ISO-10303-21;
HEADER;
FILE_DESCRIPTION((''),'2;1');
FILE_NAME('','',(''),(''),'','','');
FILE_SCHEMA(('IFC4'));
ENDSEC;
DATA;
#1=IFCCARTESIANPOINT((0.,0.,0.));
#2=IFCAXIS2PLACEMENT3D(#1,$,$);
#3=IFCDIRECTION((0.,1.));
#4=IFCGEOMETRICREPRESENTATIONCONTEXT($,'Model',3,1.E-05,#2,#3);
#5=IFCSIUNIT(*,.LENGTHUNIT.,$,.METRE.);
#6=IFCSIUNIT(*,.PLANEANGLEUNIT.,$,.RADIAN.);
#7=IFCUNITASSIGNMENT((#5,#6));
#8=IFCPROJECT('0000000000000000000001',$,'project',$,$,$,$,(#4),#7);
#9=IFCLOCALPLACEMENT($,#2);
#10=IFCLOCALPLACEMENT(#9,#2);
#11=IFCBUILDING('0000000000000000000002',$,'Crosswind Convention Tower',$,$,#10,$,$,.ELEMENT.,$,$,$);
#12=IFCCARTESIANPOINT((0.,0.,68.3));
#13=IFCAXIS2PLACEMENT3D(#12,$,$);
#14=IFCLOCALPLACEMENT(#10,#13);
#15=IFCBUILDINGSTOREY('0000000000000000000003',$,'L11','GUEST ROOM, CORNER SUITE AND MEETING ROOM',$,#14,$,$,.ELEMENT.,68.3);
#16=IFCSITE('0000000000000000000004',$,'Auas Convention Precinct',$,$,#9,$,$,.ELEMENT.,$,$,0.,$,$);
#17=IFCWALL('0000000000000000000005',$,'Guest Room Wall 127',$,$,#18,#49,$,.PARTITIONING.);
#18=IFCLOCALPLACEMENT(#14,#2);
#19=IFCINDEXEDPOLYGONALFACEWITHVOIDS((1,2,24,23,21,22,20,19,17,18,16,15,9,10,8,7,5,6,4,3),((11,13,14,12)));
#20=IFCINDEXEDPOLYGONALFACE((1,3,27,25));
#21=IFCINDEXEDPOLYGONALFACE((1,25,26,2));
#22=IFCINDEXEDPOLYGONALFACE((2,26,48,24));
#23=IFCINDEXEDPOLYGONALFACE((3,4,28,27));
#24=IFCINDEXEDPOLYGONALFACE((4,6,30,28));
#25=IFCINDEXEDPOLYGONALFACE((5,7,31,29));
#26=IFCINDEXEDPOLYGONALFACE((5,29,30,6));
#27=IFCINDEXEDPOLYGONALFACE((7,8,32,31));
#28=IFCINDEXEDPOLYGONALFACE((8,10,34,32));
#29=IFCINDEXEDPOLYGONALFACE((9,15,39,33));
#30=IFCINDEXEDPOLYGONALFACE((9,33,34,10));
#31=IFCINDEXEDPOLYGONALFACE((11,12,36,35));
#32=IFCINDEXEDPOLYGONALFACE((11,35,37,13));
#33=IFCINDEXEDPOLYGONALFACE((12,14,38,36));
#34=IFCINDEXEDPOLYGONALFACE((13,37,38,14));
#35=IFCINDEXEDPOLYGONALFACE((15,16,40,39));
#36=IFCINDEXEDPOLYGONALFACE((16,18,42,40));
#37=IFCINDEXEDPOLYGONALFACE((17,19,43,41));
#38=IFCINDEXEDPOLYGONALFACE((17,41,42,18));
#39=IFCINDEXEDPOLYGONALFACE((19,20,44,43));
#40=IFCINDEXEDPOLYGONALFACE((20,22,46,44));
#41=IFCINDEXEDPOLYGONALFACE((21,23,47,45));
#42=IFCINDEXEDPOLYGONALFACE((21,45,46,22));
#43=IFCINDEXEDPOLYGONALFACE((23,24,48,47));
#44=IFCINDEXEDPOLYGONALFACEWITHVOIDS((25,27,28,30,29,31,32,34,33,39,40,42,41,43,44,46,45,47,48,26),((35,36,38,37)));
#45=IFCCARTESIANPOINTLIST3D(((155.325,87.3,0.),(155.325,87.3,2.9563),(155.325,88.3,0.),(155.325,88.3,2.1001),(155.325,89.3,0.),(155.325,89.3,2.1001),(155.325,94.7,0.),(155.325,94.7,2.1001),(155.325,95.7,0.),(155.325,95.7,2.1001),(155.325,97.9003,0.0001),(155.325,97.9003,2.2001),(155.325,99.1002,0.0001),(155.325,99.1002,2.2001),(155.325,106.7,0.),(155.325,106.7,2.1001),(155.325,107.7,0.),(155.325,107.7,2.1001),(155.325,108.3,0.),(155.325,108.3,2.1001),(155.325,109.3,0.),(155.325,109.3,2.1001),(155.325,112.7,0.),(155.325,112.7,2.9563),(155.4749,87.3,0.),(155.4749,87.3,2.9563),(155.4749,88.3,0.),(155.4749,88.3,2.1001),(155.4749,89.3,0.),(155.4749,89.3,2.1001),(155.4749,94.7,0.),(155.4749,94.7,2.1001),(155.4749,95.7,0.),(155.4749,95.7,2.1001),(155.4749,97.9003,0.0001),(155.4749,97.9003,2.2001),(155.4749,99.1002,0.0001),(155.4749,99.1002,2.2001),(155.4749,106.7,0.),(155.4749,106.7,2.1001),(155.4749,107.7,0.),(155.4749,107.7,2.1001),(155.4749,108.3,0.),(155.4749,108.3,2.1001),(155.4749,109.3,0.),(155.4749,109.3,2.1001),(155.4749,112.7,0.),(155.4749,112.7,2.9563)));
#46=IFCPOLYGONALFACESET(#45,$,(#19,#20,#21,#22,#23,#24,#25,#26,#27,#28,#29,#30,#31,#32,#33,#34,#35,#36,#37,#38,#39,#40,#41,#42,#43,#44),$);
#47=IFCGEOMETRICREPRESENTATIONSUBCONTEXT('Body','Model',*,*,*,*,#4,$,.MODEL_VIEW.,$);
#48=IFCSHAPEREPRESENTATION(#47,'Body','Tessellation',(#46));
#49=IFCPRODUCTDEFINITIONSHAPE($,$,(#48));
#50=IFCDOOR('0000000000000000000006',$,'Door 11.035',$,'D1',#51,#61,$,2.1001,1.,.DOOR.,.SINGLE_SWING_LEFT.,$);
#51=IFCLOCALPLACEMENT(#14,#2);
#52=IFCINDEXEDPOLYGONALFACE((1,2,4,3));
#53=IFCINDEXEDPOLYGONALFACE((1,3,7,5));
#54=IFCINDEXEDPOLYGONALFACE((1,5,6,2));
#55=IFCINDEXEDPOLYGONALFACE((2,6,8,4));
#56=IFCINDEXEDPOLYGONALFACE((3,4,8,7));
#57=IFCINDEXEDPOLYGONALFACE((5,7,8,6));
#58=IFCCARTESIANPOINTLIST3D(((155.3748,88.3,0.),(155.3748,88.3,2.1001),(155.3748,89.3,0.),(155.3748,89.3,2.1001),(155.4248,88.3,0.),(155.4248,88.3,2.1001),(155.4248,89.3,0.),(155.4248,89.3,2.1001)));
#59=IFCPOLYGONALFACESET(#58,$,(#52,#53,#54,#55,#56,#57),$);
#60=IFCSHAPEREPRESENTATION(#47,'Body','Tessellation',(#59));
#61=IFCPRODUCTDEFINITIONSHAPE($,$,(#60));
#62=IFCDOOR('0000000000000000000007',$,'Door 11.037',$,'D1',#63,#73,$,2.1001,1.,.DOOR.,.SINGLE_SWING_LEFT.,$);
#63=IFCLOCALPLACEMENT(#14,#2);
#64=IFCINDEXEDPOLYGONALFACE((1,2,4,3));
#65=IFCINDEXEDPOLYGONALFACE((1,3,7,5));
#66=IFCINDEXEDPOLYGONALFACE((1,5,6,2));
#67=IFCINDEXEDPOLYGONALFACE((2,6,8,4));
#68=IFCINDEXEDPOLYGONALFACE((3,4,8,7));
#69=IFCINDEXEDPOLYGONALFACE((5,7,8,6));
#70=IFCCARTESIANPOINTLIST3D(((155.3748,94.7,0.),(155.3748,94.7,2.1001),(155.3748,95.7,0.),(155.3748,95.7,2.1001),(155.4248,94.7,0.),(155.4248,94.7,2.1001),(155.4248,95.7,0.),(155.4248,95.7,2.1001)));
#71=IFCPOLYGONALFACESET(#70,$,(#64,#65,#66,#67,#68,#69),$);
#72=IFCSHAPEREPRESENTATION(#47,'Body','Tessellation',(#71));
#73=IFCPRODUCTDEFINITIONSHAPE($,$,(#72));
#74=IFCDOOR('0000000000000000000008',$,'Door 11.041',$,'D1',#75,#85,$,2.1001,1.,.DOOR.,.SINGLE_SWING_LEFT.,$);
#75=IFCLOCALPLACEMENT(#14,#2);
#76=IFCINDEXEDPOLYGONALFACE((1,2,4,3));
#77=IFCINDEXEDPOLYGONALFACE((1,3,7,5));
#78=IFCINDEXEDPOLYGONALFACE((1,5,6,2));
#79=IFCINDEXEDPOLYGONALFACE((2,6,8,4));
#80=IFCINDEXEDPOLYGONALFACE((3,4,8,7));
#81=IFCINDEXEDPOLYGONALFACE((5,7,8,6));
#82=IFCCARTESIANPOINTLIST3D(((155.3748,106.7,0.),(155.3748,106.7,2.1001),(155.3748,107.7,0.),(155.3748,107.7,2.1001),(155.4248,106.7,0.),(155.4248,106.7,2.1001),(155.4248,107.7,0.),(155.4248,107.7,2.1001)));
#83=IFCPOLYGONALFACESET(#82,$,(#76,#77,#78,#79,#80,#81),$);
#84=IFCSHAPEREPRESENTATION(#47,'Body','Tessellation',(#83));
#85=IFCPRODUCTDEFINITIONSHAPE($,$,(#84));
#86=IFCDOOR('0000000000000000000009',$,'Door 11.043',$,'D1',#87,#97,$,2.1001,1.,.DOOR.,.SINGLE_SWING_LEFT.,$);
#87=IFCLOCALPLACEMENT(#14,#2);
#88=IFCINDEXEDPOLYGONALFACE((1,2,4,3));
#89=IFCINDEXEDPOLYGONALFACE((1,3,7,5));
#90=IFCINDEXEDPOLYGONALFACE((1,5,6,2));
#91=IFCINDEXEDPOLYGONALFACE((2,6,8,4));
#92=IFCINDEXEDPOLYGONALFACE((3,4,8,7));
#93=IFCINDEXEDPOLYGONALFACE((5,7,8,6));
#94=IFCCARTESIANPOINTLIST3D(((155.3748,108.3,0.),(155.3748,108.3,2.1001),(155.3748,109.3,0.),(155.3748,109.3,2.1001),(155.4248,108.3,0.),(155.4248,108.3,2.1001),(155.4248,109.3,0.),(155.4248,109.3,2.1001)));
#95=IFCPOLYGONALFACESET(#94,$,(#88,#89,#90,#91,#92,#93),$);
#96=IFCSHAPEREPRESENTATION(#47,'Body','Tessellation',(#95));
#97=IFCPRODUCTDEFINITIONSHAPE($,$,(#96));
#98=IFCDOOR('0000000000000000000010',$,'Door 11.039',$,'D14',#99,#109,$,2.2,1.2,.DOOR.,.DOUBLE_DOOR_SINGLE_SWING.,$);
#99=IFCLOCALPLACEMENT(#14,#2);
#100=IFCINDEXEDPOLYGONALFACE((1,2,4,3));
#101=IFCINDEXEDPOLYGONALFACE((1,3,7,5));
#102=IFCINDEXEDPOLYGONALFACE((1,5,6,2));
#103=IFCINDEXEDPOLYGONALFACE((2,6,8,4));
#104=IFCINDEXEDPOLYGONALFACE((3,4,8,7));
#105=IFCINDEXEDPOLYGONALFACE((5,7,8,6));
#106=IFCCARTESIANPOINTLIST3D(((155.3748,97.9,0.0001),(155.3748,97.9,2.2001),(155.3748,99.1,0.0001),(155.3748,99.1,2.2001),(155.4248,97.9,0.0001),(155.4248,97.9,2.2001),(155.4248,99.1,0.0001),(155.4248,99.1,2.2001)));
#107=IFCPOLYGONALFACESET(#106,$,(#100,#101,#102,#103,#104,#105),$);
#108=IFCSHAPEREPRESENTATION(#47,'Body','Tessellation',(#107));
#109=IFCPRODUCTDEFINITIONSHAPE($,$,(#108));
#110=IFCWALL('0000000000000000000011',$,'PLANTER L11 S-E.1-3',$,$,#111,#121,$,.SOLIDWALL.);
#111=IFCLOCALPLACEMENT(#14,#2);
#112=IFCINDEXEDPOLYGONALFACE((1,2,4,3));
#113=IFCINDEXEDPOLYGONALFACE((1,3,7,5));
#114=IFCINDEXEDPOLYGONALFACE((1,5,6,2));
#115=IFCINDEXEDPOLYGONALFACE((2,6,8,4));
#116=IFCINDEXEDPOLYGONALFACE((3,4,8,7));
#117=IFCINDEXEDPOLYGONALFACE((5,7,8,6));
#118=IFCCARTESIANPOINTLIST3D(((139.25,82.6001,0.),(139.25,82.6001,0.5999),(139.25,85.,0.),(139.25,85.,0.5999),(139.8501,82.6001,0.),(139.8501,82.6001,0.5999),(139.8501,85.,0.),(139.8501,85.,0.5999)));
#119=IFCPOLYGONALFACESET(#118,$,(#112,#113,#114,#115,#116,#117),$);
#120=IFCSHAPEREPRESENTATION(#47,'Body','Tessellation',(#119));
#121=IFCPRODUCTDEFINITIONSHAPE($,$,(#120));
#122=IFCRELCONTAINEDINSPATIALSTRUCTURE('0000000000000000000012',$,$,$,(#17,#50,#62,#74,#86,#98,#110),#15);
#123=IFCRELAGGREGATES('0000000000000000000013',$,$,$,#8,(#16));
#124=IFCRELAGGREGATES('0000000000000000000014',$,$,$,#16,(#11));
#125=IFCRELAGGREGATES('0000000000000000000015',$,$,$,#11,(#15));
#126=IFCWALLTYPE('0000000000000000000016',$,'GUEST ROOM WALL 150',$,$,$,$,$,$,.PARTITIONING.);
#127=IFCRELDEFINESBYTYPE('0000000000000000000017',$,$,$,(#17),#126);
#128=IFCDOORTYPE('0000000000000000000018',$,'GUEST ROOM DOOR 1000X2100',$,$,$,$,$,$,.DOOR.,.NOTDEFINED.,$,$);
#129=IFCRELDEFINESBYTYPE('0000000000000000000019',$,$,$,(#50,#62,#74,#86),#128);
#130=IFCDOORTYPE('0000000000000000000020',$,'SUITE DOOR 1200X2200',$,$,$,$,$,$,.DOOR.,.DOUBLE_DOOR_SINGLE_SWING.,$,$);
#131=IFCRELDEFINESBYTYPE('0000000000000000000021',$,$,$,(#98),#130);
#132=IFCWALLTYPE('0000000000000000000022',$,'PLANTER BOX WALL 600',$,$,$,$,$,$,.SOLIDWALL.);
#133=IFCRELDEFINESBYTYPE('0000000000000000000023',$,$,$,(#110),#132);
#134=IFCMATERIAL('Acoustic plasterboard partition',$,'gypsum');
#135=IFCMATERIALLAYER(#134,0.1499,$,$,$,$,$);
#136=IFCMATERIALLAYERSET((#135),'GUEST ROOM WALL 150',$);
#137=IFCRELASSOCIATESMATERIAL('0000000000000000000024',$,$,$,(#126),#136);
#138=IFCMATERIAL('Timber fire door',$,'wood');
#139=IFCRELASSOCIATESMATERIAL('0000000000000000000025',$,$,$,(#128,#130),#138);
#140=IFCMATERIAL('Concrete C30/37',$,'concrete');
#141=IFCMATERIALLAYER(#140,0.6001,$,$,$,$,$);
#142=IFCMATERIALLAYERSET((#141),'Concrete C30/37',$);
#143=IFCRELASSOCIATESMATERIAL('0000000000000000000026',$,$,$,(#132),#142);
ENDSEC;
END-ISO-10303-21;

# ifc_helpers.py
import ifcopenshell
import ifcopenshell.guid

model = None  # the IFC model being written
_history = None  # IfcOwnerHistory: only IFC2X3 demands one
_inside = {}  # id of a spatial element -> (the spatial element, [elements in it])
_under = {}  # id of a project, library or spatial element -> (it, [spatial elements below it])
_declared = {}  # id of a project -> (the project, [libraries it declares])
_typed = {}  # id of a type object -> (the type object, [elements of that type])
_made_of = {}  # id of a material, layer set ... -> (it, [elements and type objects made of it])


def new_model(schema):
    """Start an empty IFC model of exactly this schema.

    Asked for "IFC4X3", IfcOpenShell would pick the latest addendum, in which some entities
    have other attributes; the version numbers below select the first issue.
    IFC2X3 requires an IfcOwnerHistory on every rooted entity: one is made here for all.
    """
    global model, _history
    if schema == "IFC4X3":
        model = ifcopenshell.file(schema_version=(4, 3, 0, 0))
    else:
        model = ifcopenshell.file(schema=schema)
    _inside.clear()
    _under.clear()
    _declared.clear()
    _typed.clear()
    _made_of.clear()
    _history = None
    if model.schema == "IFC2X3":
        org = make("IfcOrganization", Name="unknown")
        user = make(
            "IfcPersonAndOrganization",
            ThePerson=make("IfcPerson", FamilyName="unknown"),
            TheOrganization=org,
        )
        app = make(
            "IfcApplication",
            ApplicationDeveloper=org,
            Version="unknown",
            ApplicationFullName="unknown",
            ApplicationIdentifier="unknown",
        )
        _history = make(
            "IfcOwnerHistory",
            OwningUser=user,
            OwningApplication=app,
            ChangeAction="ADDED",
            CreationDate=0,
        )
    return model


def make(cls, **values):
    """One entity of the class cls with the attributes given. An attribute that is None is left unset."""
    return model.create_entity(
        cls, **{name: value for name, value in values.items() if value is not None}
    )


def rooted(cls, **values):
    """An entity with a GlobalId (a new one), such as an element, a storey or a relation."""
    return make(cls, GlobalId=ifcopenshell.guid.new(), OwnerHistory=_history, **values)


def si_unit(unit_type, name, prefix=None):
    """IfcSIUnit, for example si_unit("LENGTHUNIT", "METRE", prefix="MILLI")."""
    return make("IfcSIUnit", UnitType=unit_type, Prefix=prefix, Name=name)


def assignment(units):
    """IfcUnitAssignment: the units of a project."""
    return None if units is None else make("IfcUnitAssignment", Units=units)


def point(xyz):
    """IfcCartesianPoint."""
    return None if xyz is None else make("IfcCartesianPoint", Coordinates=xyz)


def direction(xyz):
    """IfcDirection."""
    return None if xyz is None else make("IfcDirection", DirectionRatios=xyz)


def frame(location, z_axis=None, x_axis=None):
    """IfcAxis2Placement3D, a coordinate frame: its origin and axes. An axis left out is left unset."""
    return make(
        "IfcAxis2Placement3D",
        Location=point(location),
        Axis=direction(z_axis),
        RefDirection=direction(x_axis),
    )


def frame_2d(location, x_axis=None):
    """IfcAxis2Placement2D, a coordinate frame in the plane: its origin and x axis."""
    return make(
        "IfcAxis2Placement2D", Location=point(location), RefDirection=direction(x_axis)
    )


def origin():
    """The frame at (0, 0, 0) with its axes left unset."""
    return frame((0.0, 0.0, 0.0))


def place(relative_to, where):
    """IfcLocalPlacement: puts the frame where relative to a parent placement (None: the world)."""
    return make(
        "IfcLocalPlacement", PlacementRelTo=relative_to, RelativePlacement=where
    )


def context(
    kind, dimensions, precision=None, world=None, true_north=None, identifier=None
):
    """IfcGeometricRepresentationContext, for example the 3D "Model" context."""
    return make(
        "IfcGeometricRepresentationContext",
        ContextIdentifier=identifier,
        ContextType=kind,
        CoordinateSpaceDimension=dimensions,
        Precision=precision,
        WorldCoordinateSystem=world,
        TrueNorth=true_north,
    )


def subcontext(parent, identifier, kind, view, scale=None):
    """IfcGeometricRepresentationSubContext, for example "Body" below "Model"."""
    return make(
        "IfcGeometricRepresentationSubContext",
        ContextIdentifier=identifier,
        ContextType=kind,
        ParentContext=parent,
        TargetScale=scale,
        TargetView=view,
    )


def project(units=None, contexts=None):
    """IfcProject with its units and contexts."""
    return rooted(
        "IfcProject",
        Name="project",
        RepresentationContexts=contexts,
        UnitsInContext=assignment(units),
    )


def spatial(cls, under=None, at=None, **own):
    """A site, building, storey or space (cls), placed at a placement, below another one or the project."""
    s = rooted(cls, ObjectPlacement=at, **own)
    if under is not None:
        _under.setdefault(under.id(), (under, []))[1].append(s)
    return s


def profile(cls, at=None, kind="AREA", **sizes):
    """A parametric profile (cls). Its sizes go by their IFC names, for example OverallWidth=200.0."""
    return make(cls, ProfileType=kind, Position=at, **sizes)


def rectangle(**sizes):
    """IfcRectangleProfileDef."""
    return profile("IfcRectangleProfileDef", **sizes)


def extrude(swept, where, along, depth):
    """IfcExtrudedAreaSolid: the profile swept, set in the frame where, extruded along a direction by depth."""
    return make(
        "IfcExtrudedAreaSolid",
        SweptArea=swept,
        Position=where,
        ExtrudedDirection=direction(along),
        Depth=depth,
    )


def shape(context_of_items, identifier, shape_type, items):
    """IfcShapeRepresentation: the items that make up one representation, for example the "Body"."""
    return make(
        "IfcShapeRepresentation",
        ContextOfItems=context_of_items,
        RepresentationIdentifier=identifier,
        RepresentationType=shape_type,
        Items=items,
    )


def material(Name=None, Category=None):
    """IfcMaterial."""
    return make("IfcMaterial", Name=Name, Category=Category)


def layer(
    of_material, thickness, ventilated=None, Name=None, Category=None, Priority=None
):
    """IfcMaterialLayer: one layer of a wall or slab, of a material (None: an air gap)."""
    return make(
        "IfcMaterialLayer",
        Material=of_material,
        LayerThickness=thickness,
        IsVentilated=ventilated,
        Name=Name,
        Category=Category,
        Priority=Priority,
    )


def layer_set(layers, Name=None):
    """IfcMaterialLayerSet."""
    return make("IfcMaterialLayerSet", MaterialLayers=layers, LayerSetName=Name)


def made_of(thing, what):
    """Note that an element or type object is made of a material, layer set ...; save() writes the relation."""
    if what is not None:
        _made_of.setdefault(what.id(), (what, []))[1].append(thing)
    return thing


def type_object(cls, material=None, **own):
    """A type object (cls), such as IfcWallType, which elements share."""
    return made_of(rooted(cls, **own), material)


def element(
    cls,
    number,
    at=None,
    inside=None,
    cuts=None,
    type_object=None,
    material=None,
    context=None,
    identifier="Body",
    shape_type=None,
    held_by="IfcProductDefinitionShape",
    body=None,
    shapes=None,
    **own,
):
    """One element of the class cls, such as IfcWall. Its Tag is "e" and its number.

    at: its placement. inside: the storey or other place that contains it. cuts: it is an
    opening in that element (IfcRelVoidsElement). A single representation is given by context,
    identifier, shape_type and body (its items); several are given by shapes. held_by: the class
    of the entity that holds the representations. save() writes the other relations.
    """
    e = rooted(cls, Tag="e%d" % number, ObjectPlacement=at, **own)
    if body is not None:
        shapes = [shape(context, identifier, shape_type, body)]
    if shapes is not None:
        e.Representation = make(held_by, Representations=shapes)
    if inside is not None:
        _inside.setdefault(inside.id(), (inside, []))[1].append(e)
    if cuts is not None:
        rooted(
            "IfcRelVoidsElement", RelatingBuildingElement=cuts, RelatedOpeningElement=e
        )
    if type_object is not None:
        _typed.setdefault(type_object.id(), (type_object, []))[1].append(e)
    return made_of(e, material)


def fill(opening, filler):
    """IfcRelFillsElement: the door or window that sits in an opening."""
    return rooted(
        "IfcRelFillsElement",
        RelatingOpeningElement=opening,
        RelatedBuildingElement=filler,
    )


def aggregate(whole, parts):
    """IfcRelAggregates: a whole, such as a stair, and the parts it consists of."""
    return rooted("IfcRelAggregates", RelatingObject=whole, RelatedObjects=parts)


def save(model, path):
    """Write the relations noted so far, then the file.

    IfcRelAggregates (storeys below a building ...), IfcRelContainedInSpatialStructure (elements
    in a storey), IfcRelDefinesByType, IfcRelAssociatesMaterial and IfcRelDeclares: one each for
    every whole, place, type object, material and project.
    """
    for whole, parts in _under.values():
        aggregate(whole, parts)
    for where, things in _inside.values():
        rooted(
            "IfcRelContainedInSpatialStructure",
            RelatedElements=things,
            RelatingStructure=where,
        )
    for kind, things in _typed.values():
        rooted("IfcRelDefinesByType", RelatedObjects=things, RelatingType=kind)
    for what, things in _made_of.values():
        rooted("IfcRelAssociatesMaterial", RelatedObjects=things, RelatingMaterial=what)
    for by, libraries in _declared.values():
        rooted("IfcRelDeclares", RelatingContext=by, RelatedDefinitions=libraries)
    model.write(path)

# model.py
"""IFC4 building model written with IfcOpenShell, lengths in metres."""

from ifc_helpers import new_model, si_unit, direction, frame, frame_2d, origin, place, context, subcontext, project, spatial, rectangle, extrude, material, layer, layer_set, type_object, element, fill, save


model = new_model("IFC4")

# Units and contexts
model_context = context("Model", 3, precision=1e-05, world=origin(), true_north=direction((0.0, 1.0)))
body_context = subcontext(model_context, "Body", "Model", "MODEL_VIEW")
ifc_project = project(units=[si_unit("LENGTHUNIT", "METRE"), si_unit("PLANEANGLEUNIT", "RADIAN")], contexts=[model_context])

# Site, building, storey
site_placement = place(None, origin())
site = spatial("IfcSite", under=ifc_project, at=site_placement, Name="Auas Convention Precinct", CompositionType="ELEMENT", RefElevation=0.0)
building_placement = place(site_placement, origin())
building = spatial("IfcBuilding", under=site, at=building_placement, Name="Crosswind Convention Tower", CompositionType="ELEMENT")
storey_placement = place(building_placement, frame((0.0, 0.0, 68.3)))
storey = spatial("IfcBuildingStorey", under=building, at=storey_placement, Name="L11", Description="GUEST ROOM, CORNER SUITE AND MEETING ROOM", CompositionType="ELEMENT", Elevation=68.3)

# Wall, openings, doors
ifc_material_1 = material(Name="Acoustic plasterboard partition", Category="gypsum")
ifc_layer_1 = layer(ifc_material_1, 0.1499)
ifc_layer_set_1 = layer_set([ifc_layer_1], Name="GUEST ROOM WALL 150")
wall_type_1 = type_object("IfcWallType", Name="GUEST ROOM WALL 150", PredefinedType="PARTITIONING", material=ifc_layer_set_1)
wall_1_placement = place(storey_placement, frame((155.3999, 87.3, 0.0), z_axis=(0.0, 0.0, 1.0), x_axis=(0.0, 1.0, 0.0)))
wall_1 = element("IfcWall", 1, at=wall_1_placement, inside=storey, type_object=wall_type_1, Name="Guest Room Wall 127", PredefinedType="PARTITIONING", context=body_context, shape_type="SweptSolid", body=[
    extrude(rectangle(XDim=25.3999, YDim=0.1499, at=frame_2d((12.7, 0.0))), origin(), (0.0, 0.0, 1.0), 2.9563),
])
opening_1_placement = place(wall_1_placement, frame((1.0, 0.0, 0.0)))
opening_1 = element("IfcOpeningElement", 2, at=opening_1_placement, cuts=wall_1, PredefinedType="OPENING", context=body_context, shape_type="SweptSolid", body=[
    extrude(rectangle(XDim=1.0, YDim=2.1001, at=frame_2d((0.5, 1.05))), frame((0.0, 0.085, 0.0), z_axis=(0.0, -1.0, 0.0), x_axis=(1.0, 0.0, 0.0)), (0.0, 0.0, 1.0), 0.1699),
])
opening_2_placement = place(wall_1_placement, frame((7.3999, 0.0, 0.0)))
opening_2 = element("IfcOpeningElement", 3, at=opening_2_placement, cuts=wall_1, PredefinedType="OPENING", context=body_context, shape_type="SweptSolid", body=[
    extrude(rectangle(XDim=1.0, YDim=2.1001, at=frame_2d((0.5, 1.05))), frame((0.0, 0.085, 0.0), z_axis=(0.0, -1.0, 0.0), x_axis=(1.0, 0.0, 0.0)), (0.0, 0.0, 1.0), 0.1699),
])
opening_3_placement = place(wall_1_placement, frame((10.6001, 0.0, 0.0)))
opening_3 = element("IfcOpeningElement", 4, at=opening_3_placement, cuts=wall_1, PredefinedType="OPENING", context=body_context, shape_type="SweptSolid", body=[
    extrude(rectangle(XDim=1.2, YDim=2.2, at=frame_2d((0.6001, 1.1001))), frame((0.0, 0.085, 0.0), z_axis=(0.0, -1.0, 0.0), x_axis=(1.0, 0.0, 0.0)), (0.0, 0.0, 1.0), 0.1699),
])
opening_4_placement = place(wall_1_placement, frame((19.3999, 0.0, 0.0)))
opening_4 = element("IfcOpeningElement", 5, at=opening_4_placement, cuts=wall_1, PredefinedType="OPENING", context=body_context, shape_type="SweptSolid", body=[
    extrude(rectangle(XDim=1.0, YDim=2.1001, at=frame_2d((0.5, 1.05))), frame((0.0, 0.085, 0.0), z_axis=(0.0, -1.0, 0.0), x_axis=(1.0, 0.0, 0.0)), (0.0, 0.0, 1.0), 0.1699),
])
opening_5_placement = place(wall_1_placement, frame((21.0, 0.0, 0.0)))
opening_5 = element("IfcOpeningElement", 6, at=opening_5_placement, cuts=wall_1, PredefinedType="OPENING", context=body_context, shape_type="SweptSolid", body=[
    extrude(rectangle(XDim=1.0, YDim=2.1001, at=frame_2d((0.5, 1.05))), frame((0.0, 0.085, 0.0), z_axis=(0.0, -1.0, 0.0), x_axis=(1.0, 0.0, 0.0)), (0.0, 0.0, 1.0), 0.1699),
])
ifc_material_2 = material(Name="Timber fire door", Category="wood")
door_type_1 = type_object("IfcDoorType", Name="GUEST ROOM DOOR 1000X2100", OperationType="NOTDEFINED", PredefinedType="DOOR", material=ifc_material_2)
door_1_placement = place(opening_1_placement, frame((1.0, 0.0, 0.0), z_axis=(0.0, 0.0, 1.0), x_axis=(-1.0, 0.0, 0.0)))
door_1 = element("IfcDoor", 7, at=door_1_placement, inside=storey, type_object=door_type_1, Name="Door 11.035", ObjectType="D1", OperationType="SINGLE_SWING_LEFT", OverallHeight=2.1001, OverallWidth=1.0, PredefinedType="DOOR", context=body_context, shape_type="SweptSolid", body=[
    extrude(rectangle(XDim=1.0, YDim=2.1001, at=frame_2d((0.5, 1.05))), frame((0.0, 0.0249, 0.0), z_axis=(0.0, -1.0, 0.0), x_axis=(1.0, 0.0, 0.0)), (0.0, 0.0, 1.0), 0.05),
])
fill(opening_1, door_1)
door_2_placement = place(opening_2_placement, frame((1.0, 0.0, 0.0), z_axis=(0.0, 0.0, 1.0), x_axis=(-1.0, 0.0, 0.0)))
door_2 = element("IfcDoor", 8, at=door_2_placement, inside=storey, type_object=door_type_1, Name="Door 11.037", ObjectType="D1", OperationType="SINGLE_SWING_LEFT", OverallHeight=2.1001, OverallWidth=1.0, PredefinedType="DOOR", context=body_context, shape_type="SweptSolid", body=[
    extrude(rectangle(XDim=1.0, YDim=2.1001, at=frame_2d((0.5, 1.05))), frame((0.0, 0.0249, 0.0), z_axis=(0.0, -1.0, 0.0), x_axis=(1.0, 0.0, 0.0)), (0.0, 0.0, 1.0), 0.05),
])
fill(opening_2, door_2)
door_3_placement = place(opening_4_placement, frame((1.0, 0.0, 0.0), z_axis=(0.0, 0.0, 1.0), x_axis=(-1.0, 0.0, 0.0)))
door_3 = element("IfcDoor", 9, at=door_3_placement, inside=storey, type_object=door_type_1, Name="Door 11.041", ObjectType="D1", OperationType="SINGLE_SWING_LEFT", OverallHeight=2.1001, OverallWidth=1.0, PredefinedType="DOOR", context=body_context, shape_type="SweptSolid", body=[
    extrude(rectangle(XDim=1.0, YDim=2.1001, at=frame_2d((0.5, 1.05))), frame((0.0, 0.0249, 0.0), z_axis=(0.0, -1.0, 0.0), x_axis=(1.0, 0.0, 0.0)), (0.0, 0.0, 1.0), 0.05),
])
fill(opening_4, door_3)
door_4_placement = place(opening_5_placement, frame((1.0, 0.0, 0.0), z_axis=(0.0, 0.0, 1.0), x_axis=(-1.0, 0.0, 0.0)))
door_4 = element("IfcDoor", 10, at=door_4_placement, inside=storey, type_object=door_type_1, Name="Door 11.043", ObjectType="D1", OperationType="SINGLE_SWING_LEFT", OverallHeight=2.1001, OverallWidth=1.0, PredefinedType="DOOR", context=body_context, shape_type="SweptSolid", body=[
    extrude(rectangle(XDim=1.0, YDim=2.1001, at=frame_2d((0.5, 1.05))), frame((0.0, 0.0249, 0.0), z_axis=(0.0, -1.0, 0.0), x_axis=(1.0, 0.0, 0.0)), (0.0, 0.0, 1.0), 0.05),
])
fill(opening_5, door_4)
door_type_2 = type_object("IfcDoorType", Name="SUITE DOOR 1200X2200", OperationType="DOUBLE_DOOR_SINGLE_SWING", PredefinedType="DOOR", material=ifc_material_2)
door_5_placement = place(opening_3_placement, frame((1.2, 0.0, 0.0), z_axis=(0.0, 0.0, 1.0), x_axis=(-1.0, 0.0, 0.0)))
door_5 = element("IfcDoor", 11, at=door_5_placement, inside=storey, type_object=door_type_2, Name="Door 11.039", ObjectType="D14", OperationType="DOUBLE_DOOR_SINGLE_SWING", OverallHeight=2.2, OverallWidth=1.2, PredefinedType="DOOR", context=body_context, shape_type="SweptSolid", body=[
    extrude(rectangle(XDim=1.2, YDim=2.2, at=frame_2d((0.6001, 1.1001))), frame((0.0, 0.0249, 0.0), z_axis=(0.0, -1.0, 0.0), x_axis=(1.0, 0.0, 0.0)), (0.0, 0.0, 1.0), 0.05),
])
fill(opening_3, door_5)

# Wall
ifc_material_3 = material(Name="Concrete C30/37", Category="concrete")
ifc_layer_2 = layer(ifc_material_3, 0.6001)
ifc_layer_set_2 = layer_set([ifc_layer_2], Name="Concrete C30/37")
wall_type_2 = type_object("IfcWallType", Name="PLANTER BOX WALL 600", PredefinedType="SOLIDWALL", material=ifc_layer_set_2)
wall_2_placement = place(storey_placement, frame((139.55, 82.6001, 0.0), z_axis=(0.0, 0.0, 1.0), x_axis=(0.0, 1.0, 0.0)))
element("IfcWall", 12, at=wall_2_placement, inside=storey, type_object=wall_type_2, Name="PLANTER L11 S-E.1-3", PredefinedType="SOLIDWALL", context=body_context, shape_type="SweptSolid", body=[
    extrude(rectangle(XDim=2.3999, YDim=0.6001, at=frame_2d((1.2, 0.0))), origin(), (0.0, 0.0, 1.0), 0.5999),
])

save(model, "model.ifc")
